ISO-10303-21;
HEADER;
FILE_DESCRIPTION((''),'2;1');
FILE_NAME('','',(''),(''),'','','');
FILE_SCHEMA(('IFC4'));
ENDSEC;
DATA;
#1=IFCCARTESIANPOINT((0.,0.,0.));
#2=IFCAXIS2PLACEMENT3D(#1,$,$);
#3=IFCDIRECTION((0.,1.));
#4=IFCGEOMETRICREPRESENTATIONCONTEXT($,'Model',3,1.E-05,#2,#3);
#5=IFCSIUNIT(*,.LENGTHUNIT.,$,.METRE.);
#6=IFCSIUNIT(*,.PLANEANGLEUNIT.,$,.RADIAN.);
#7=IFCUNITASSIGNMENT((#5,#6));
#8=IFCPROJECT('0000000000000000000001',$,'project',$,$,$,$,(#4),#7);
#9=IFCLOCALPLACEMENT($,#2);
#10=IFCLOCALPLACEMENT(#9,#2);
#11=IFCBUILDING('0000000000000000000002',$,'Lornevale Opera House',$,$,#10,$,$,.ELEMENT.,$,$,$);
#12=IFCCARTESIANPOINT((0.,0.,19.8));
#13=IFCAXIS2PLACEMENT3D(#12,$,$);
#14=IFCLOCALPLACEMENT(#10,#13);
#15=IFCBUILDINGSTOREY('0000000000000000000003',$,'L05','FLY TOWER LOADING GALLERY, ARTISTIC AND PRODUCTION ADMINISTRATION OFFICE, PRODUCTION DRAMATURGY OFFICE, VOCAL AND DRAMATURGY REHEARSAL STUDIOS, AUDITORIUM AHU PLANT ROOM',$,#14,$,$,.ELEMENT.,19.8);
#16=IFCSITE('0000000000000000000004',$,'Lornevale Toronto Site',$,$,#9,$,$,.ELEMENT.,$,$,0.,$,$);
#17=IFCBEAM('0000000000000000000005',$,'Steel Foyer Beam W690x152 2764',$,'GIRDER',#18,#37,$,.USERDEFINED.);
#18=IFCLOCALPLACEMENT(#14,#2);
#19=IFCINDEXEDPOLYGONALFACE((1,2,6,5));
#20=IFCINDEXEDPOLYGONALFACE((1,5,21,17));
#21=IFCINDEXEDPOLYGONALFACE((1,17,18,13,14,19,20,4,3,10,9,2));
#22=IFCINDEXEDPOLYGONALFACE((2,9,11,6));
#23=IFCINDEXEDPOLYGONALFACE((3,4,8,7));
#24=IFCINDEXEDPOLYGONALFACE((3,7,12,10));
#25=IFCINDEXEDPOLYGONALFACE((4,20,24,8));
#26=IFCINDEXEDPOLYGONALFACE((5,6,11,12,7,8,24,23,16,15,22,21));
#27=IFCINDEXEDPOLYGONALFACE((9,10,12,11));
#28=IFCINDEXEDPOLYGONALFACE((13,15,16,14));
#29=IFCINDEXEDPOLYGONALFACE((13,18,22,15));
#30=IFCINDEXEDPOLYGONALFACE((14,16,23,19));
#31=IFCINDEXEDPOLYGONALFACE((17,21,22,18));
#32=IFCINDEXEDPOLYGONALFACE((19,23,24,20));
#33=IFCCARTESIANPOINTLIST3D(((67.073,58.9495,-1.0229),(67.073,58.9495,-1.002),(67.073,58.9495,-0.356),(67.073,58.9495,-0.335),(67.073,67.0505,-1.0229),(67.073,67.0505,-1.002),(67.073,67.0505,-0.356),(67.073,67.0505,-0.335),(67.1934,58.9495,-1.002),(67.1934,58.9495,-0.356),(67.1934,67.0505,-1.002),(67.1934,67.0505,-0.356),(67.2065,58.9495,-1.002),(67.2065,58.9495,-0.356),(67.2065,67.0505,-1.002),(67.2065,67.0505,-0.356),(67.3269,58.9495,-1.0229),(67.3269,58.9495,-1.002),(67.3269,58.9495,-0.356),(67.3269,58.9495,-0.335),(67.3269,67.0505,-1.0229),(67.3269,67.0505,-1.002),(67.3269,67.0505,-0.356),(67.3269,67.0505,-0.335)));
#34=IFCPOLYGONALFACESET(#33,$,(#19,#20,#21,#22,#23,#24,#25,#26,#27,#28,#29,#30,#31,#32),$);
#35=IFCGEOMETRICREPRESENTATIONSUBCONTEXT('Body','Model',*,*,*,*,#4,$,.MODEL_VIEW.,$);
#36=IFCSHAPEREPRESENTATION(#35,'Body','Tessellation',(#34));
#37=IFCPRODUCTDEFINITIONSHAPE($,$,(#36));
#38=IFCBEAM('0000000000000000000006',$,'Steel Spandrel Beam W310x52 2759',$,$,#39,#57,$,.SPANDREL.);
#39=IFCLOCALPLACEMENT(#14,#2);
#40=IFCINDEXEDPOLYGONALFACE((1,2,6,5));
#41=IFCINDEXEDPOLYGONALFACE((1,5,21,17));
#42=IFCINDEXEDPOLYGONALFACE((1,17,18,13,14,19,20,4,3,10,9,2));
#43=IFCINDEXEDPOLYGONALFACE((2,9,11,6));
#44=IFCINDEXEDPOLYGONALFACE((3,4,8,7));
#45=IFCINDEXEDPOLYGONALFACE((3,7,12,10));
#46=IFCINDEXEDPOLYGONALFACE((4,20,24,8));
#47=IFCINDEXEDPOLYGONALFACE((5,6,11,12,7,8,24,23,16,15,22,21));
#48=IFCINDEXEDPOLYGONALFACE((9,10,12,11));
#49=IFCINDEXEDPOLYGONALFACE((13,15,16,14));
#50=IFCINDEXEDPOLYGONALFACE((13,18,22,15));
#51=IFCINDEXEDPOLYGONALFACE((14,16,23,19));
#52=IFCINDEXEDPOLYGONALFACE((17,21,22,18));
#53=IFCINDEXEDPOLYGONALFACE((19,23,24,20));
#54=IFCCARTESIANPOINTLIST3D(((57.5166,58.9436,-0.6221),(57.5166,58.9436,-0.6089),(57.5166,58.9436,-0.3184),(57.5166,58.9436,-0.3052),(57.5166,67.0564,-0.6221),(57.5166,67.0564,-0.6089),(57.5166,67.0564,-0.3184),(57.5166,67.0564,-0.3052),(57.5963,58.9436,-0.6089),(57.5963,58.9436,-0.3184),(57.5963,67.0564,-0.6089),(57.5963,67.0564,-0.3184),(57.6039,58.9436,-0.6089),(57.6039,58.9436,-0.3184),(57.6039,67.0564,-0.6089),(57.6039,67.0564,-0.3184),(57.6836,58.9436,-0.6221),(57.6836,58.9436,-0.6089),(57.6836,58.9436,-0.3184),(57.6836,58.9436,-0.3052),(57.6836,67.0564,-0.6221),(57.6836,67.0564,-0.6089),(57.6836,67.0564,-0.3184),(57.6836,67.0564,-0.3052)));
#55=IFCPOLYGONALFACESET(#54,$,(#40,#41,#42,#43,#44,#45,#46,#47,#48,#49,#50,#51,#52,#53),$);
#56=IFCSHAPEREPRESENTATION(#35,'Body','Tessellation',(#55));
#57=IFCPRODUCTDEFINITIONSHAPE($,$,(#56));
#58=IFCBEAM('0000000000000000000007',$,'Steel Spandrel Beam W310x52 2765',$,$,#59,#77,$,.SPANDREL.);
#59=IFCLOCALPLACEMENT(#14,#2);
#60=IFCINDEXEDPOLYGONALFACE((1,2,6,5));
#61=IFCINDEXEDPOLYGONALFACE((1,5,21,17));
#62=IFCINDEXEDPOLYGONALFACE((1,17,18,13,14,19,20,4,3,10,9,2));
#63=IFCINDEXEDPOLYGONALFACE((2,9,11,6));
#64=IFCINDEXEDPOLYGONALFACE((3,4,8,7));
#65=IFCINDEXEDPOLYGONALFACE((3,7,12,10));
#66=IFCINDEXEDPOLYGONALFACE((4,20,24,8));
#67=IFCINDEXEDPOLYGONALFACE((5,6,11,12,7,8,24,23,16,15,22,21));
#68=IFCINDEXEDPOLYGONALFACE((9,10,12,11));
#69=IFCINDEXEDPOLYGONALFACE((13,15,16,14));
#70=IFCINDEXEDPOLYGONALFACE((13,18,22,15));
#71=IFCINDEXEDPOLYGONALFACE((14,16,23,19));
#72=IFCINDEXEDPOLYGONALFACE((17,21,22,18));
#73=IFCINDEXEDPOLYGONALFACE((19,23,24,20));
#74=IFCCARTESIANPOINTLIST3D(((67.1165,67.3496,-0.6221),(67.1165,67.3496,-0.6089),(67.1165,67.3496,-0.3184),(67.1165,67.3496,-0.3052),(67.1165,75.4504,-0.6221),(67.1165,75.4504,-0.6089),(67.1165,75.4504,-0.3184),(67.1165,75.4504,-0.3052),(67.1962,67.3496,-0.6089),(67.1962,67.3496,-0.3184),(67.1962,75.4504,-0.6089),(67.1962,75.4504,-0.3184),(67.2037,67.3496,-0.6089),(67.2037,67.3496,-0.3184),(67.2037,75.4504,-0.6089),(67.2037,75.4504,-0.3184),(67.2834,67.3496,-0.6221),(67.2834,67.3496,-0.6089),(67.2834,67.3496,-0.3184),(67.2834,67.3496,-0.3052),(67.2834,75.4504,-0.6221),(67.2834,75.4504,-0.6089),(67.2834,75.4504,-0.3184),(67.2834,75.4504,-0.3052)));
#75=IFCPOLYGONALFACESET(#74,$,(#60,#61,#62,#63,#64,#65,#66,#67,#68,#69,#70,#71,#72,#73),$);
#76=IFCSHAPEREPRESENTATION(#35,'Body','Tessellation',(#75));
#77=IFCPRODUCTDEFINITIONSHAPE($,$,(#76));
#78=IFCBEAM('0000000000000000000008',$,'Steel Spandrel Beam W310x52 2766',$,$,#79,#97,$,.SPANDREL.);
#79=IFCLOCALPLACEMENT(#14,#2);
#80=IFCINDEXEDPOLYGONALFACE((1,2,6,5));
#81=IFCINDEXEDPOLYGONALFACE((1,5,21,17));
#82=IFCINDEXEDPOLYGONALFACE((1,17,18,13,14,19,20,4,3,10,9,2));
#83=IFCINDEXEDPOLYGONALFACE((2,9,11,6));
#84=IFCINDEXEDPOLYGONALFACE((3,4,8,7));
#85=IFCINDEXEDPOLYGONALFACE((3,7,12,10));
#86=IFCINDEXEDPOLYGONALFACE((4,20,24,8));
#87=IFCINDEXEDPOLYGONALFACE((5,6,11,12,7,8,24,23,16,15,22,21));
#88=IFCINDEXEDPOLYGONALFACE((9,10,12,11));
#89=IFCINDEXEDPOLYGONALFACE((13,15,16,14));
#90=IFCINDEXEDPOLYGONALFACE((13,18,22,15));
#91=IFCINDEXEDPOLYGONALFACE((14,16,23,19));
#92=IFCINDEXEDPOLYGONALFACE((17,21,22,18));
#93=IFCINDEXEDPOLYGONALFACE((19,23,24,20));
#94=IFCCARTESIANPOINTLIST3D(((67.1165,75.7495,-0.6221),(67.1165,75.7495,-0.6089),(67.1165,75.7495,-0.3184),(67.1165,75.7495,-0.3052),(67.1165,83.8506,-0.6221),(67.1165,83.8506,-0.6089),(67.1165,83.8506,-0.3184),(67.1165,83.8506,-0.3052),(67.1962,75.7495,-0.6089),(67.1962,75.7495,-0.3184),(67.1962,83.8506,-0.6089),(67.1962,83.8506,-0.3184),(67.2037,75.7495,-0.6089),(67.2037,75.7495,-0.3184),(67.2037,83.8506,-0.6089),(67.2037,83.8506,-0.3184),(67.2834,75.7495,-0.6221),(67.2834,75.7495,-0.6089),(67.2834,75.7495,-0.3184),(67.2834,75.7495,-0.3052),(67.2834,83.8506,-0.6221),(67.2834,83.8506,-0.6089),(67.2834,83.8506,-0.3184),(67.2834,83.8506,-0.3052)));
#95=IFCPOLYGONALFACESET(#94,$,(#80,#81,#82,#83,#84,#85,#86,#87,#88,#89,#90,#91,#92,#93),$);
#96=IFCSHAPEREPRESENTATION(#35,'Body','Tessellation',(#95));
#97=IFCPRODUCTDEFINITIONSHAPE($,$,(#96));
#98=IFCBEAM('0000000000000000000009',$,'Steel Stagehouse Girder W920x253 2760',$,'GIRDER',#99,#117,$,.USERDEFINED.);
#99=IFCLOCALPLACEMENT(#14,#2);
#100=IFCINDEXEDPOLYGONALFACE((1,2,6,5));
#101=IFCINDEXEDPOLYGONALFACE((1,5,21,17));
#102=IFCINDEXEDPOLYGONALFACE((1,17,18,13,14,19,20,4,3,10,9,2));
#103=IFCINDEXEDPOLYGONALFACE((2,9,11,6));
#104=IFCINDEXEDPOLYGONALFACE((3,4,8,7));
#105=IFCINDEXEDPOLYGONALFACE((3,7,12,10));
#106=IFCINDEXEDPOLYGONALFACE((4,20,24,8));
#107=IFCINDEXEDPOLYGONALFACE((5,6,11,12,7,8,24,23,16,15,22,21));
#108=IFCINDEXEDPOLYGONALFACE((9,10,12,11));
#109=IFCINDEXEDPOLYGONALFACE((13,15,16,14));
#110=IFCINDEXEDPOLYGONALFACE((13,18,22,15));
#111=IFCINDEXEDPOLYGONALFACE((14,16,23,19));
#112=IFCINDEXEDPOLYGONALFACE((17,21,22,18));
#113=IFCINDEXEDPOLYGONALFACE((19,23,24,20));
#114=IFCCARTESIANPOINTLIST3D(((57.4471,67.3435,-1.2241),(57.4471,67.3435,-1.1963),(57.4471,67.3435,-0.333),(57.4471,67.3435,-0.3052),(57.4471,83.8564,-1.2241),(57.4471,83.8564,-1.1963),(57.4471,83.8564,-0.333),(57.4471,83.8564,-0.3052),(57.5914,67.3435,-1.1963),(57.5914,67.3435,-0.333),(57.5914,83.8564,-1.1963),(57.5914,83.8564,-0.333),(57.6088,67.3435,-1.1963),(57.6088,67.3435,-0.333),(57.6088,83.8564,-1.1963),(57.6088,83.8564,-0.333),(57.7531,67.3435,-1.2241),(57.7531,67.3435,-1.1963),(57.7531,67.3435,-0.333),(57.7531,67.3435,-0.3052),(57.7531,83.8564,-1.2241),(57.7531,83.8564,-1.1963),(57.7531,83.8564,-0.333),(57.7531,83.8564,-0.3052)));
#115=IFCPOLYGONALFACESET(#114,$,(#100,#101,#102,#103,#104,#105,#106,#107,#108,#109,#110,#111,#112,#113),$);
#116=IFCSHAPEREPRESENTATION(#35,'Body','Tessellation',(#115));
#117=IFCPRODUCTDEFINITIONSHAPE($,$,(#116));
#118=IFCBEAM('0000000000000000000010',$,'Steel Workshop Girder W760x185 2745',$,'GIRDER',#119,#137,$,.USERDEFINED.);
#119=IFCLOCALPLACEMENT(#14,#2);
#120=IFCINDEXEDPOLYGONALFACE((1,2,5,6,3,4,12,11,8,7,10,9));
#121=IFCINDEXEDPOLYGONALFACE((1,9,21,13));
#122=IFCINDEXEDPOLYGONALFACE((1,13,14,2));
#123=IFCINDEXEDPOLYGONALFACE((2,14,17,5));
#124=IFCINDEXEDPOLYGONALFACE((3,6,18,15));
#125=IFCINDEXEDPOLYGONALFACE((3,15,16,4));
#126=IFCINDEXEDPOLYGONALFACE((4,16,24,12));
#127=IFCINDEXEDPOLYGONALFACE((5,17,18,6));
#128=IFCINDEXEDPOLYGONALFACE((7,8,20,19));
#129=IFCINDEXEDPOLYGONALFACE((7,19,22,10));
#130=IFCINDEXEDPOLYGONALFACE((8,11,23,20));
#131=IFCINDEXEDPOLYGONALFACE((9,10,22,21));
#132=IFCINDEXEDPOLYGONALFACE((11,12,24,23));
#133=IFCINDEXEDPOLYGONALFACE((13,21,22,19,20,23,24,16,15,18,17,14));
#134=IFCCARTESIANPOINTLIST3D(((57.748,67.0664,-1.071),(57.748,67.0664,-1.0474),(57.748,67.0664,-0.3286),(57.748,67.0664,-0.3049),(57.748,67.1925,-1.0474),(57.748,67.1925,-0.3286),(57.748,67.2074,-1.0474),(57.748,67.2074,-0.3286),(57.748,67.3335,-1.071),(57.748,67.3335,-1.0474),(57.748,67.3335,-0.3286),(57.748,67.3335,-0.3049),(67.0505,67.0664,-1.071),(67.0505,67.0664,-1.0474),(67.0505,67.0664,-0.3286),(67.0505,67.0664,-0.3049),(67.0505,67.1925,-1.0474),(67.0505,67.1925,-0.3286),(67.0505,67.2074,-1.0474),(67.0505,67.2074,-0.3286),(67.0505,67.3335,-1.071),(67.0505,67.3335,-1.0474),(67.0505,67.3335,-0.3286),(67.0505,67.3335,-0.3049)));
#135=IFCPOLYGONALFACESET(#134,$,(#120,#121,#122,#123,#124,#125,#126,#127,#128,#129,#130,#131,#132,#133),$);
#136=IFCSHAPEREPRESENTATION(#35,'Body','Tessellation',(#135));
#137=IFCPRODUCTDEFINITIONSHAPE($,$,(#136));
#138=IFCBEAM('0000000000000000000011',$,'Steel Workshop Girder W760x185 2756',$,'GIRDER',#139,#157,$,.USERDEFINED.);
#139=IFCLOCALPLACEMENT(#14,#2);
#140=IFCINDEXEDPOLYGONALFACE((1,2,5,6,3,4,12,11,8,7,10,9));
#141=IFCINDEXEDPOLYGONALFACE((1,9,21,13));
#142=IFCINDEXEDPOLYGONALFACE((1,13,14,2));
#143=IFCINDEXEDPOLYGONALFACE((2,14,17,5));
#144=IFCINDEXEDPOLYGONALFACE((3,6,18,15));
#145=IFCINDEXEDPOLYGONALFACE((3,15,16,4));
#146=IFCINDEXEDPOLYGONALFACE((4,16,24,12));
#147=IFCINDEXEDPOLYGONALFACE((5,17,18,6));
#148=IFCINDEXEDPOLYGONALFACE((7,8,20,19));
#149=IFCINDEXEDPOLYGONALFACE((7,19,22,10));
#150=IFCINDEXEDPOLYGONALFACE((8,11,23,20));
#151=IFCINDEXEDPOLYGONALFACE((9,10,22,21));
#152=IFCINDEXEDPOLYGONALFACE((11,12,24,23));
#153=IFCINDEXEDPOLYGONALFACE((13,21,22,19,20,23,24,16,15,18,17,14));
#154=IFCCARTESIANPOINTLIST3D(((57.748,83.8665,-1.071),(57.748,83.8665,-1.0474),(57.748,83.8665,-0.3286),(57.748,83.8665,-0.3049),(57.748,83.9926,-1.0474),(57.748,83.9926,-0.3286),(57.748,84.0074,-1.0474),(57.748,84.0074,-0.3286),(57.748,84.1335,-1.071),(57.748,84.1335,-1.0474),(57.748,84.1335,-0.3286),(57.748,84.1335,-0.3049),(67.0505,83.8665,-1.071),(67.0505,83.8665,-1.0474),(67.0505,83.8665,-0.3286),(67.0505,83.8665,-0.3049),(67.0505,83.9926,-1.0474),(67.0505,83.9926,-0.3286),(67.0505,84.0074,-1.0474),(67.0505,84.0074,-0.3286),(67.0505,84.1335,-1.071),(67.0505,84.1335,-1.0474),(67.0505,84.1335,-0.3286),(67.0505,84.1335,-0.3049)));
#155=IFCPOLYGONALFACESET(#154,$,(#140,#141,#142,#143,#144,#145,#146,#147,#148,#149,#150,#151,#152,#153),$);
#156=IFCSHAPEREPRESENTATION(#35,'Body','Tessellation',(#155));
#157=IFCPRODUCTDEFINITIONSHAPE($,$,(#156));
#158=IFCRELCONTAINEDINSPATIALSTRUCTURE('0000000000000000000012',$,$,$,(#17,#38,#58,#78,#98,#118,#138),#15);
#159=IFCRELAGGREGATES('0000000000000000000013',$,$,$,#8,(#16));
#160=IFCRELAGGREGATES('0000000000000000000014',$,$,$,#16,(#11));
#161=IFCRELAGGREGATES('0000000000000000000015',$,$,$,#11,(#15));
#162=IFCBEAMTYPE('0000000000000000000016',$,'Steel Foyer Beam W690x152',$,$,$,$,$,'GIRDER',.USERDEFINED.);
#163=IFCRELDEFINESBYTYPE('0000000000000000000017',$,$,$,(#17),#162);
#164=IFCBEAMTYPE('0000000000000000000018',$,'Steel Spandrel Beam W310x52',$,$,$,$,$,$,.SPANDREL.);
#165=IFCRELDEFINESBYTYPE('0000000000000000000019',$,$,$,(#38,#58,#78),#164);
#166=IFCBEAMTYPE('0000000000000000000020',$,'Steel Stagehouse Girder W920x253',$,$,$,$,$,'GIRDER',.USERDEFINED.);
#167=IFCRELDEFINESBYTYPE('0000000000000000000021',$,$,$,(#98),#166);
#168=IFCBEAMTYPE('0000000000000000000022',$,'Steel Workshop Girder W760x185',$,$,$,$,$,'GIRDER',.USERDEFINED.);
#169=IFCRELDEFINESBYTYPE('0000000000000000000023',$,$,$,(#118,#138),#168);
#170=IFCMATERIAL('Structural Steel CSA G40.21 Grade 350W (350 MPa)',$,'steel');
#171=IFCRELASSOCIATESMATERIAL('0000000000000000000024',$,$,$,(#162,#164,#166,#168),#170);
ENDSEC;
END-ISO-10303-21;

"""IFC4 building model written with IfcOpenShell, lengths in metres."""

from ifc_helpers import new_model, si_unit, direction, frame, origin, origin_2d, place, context, subcontext, project, spatial, i_section, extrude, material, material_profile, profile_set, type_object, element, save


model = new_model("IFC4")

# Units and contexts
model_context = context("Model", 3, precision=1e-05, world=origin(), true_north=direction((0.0, 1.0)))
body_context = subcontext(model_context, "Body", "Model", "MODEL_VIEW")
ifc_project = project(units=[si_unit("LENGTHUNIT", "METRE"), si_unit("PLANEANGLEUNIT", "RADIAN")], contexts=[model_context])

# Site, building, storey
site_placement = place(None, origin())
site = spatial("IfcSite", under=ifc_project, at=site_placement, Name="Lornevale Toronto Site", CompositionType="ELEMENT", RefElevation=0.0)
building_placement = place(site_placement, origin())
building = spatial("IfcBuilding", under=site, at=building_placement, Name="Lornevale Opera House", CompositionType="ELEMENT")
storey_placement = place(building_placement, frame((0.0, 0.0, 19.8)))
storey = spatial("IfcBuildingStorey", under=building, at=storey_placement, Name="L05", Description="FLY TOWER LOADING GALLERY, ARTISTIC AND PRODUCTION ADMINISTRATION OFFICE, PRODUCTION DRAMATURGY OFFICE, VOCAL AND DRAMATURGY REHEARSAL STUDIOS, AUDITORIUM AHU PLANT ROOM", CompositionType="ELEMENT", Elevation=19.8)

# Shared definitions
ifc_material_1 = material(Name="Structural Steel CSA G40.21 Grade 350W (350 MPa)", Category="steel")

# Beams
ifc_material_profile_1 = material_profile(ifc_material_1, i_section(OverallWidth=0.2539, OverallDepth=0.688, WebThickness=0.0132, FlangeThickness=0.021, at=origin_2d()), Name="W690x152")
ifc_profile_set_1 = profile_set([ifc_material_profile_1], Name="Structural Steel CSA G40.21 Grade 350W (350 MPa)")
beam_type_1 = type_object("IfcBeamType", Name="Steel Foyer Beam W690x152", ElementType="GIRDER", PredefinedType="USERDEFINED", material=ifc_profile_set_1)
beam_1_placement = place(storey_placement, frame((67.2, 58.9495, -0.679), z_axis=(0.0, 1.0, 0.0), x_axis=(-1.0, 0.0, 0.0)))
element("IfcBeam", 1, at=beam_1_placement, inside=storey, type_object=beam_type_1, Name="Steel Foyer Beam W690x152 2764", ObjectType="GIRDER", PredefinedType="USERDEFINED", context=body_context, shape_type="SweptSolid", body=[
    extrude(i_section(OverallWidth=0.2539, OverallDepth=0.688, WebThickness=0.0132, FlangeThickness=0.021, at=origin_2d()), origin(), (0.0, 0.0, 1.0), 8.1011),
])
ifc_material_profile_2 = material_profile(ifc_material_1, i_section(OverallWidth=0.167, OverallDepth=0.3169, WebThickness=0.0076, FlangeThickness=0.0132, at=origin_2d()), Name="W310x52")
ifc_profile_set_2 = profile_set([ifc_material_profile_2], Name="Structural Steel CSA G40.21 Grade 350W (350 MPa)")
beam_type_2 = type_object("IfcBeamType", Name="Steel Spandrel Beam W310x52", PredefinedType="SPANDREL", material=ifc_profile_set_2)
beam_2_placement = place(storey_placement, frame((57.6001, 58.9436, -0.4636), z_axis=(0.0, 1.0, 0.0), x_axis=(-1.0, 0.0, 0.0)))
element("IfcBeam", 2, at=beam_2_placement, inside=storey, type_object=beam_type_2, Name="Steel Spandrel Beam W310x52 2759", PredefinedType="SPANDREL", context=body_context, shape_type="SweptSolid", body=[
    extrude(i_section(OverallWidth=0.167, OverallDepth=0.3169, WebThickness=0.0076, FlangeThickness=0.0132, at=origin_2d()), origin(), (0.0, 0.0, 1.0), 8.1128),
])
beam_3_placement = place(storey_placement, frame((67.2, 67.3496, -0.4636), z_axis=(0.0, 1.0, 0.0), x_axis=(-1.0, 0.0, 0.0)))
element("IfcBeam", 3, at=beam_3_placement, inside=storey, type_object=beam_type_2, Name="Steel Spandrel Beam W310x52 2765", PredefinedType="SPANDREL", context=body_context, shape_type="SweptSolid", body=[
    extrude(i_section(OverallWidth=0.167, OverallDepth=0.3169, WebThickness=0.0076, FlangeThickness=0.0132, at=origin_2d()), origin(), (0.0, 0.0, 1.0), 8.1008),
])
beam_4_placement = place(storey_placement, frame((67.2, 75.7495, -0.4636), z_axis=(0.0, 1.0, 0.0), x_axis=(-1.0, 0.0, 0.0)))
element("IfcBeam", 4, at=beam_4_placement, inside=storey, type_object=beam_type_2, Name="Steel Spandrel Beam W310x52 2766", PredefinedType="SPANDREL", context=body_context, shape_type="SweptSolid", body=[
    extrude(i_section(OverallWidth=0.167, OverallDepth=0.3169, WebThickness=0.0076, FlangeThickness=0.0132, at=origin_2d()), origin(), (0.0, 0.0, 1.0), 8.1011),
])
ifc_material_profile_3 = material_profile(ifc_material_1, i_section(OverallWidth=0.3059, OverallDepth=0.9189, WebThickness=0.0173, FlangeThickness=0.0278, at=origin_2d()), Name="W920x253")
ifc_profile_set_3 = profile_set([ifc_material_profile_3], Name="Structural Steel CSA G40.21 Grade 350W (350 MPa)")
beam_type_3 = type_object("IfcBeamType", Name="Steel Stagehouse Girder W920x253", ElementType="GIRDER", PredefinedType="USERDEFINED", material=ifc_profile_set_3)
beam_5_placement = place(storey_placement, frame((57.6001, 67.3435, -0.7646), z_axis=(0.0, 1.0, 0.0), x_axis=(-1.0, 0.0, 0.0)))
element("IfcBeam", 5, at=beam_5_placement, inside=storey, type_object=beam_type_3, Name="Steel Stagehouse Girder W920x253 2760", ObjectType="GIRDER", PredefinedType="USERDEFINED", context=body_context, shape_type="SweptSolid", body=[
    extrude(i_section(OverallWidth=0.3059, OverallDepth=0.9189, WebThickness=0.0173, FlangeThickness=0.0278, at=origin_2d()), origin(), (0.0, 0.0, 1.0), 16.5129),
])
ifc_material_profile_4 = material_profile(ifc_material_1, i_section(OverallWidth=0.2671, OverallDepth=0.7661, WebThickness=0.0149, FlangeThickness=0.0237, at=origin_2d()), Name="W760x185")
ifc_profile_set_4 = profile_set([ifc_material_profile_4], Name="Structural Steel CSA G40.21 Grade 350W (350 MPa)")
beam_type_4 = type_object("IfcBeamType", Name="Steel Workshop Girder W760x185", ElementType="GIRDER", PredefinedType="USERDEFINED", material=ifc_profile_set_4)
for number, where, z_axis, x_axis, name in (
    (6, (57.748, 67.2, -0.688), (1.0, 0.0, 0.0), (0.0, 1.0, 0.0), "Steel Workshop Girder W760x185 2745"),
    (7, (57.748, 84.0, -0.688), (1.0, 0.0, 0.0), (0.0, 1.0, 0.0), "Steel Workshop Girder W760x185 2756"),
):
    element("IfcBeam", number, at=place(storey_placement, frame(where, z_axis=z_axis, x_axis=x_axis)), inside=storey, type_object=beam_type_4, Name=name, ObjectType="GIRDER", PredefinedType="USERDEFINED", context=body_context, shape_type="SweptSolid", body=[
        extrude(i_section(OverallWidth=0.2671, OverallDepth=0.7661, WebThickness=0.0149, FlangeThickness=0.0237, at=origin_2d()), origin(), (0.0, 0.0, 1.0), 9.3025),
    ])

save(model, "model.ifc")
